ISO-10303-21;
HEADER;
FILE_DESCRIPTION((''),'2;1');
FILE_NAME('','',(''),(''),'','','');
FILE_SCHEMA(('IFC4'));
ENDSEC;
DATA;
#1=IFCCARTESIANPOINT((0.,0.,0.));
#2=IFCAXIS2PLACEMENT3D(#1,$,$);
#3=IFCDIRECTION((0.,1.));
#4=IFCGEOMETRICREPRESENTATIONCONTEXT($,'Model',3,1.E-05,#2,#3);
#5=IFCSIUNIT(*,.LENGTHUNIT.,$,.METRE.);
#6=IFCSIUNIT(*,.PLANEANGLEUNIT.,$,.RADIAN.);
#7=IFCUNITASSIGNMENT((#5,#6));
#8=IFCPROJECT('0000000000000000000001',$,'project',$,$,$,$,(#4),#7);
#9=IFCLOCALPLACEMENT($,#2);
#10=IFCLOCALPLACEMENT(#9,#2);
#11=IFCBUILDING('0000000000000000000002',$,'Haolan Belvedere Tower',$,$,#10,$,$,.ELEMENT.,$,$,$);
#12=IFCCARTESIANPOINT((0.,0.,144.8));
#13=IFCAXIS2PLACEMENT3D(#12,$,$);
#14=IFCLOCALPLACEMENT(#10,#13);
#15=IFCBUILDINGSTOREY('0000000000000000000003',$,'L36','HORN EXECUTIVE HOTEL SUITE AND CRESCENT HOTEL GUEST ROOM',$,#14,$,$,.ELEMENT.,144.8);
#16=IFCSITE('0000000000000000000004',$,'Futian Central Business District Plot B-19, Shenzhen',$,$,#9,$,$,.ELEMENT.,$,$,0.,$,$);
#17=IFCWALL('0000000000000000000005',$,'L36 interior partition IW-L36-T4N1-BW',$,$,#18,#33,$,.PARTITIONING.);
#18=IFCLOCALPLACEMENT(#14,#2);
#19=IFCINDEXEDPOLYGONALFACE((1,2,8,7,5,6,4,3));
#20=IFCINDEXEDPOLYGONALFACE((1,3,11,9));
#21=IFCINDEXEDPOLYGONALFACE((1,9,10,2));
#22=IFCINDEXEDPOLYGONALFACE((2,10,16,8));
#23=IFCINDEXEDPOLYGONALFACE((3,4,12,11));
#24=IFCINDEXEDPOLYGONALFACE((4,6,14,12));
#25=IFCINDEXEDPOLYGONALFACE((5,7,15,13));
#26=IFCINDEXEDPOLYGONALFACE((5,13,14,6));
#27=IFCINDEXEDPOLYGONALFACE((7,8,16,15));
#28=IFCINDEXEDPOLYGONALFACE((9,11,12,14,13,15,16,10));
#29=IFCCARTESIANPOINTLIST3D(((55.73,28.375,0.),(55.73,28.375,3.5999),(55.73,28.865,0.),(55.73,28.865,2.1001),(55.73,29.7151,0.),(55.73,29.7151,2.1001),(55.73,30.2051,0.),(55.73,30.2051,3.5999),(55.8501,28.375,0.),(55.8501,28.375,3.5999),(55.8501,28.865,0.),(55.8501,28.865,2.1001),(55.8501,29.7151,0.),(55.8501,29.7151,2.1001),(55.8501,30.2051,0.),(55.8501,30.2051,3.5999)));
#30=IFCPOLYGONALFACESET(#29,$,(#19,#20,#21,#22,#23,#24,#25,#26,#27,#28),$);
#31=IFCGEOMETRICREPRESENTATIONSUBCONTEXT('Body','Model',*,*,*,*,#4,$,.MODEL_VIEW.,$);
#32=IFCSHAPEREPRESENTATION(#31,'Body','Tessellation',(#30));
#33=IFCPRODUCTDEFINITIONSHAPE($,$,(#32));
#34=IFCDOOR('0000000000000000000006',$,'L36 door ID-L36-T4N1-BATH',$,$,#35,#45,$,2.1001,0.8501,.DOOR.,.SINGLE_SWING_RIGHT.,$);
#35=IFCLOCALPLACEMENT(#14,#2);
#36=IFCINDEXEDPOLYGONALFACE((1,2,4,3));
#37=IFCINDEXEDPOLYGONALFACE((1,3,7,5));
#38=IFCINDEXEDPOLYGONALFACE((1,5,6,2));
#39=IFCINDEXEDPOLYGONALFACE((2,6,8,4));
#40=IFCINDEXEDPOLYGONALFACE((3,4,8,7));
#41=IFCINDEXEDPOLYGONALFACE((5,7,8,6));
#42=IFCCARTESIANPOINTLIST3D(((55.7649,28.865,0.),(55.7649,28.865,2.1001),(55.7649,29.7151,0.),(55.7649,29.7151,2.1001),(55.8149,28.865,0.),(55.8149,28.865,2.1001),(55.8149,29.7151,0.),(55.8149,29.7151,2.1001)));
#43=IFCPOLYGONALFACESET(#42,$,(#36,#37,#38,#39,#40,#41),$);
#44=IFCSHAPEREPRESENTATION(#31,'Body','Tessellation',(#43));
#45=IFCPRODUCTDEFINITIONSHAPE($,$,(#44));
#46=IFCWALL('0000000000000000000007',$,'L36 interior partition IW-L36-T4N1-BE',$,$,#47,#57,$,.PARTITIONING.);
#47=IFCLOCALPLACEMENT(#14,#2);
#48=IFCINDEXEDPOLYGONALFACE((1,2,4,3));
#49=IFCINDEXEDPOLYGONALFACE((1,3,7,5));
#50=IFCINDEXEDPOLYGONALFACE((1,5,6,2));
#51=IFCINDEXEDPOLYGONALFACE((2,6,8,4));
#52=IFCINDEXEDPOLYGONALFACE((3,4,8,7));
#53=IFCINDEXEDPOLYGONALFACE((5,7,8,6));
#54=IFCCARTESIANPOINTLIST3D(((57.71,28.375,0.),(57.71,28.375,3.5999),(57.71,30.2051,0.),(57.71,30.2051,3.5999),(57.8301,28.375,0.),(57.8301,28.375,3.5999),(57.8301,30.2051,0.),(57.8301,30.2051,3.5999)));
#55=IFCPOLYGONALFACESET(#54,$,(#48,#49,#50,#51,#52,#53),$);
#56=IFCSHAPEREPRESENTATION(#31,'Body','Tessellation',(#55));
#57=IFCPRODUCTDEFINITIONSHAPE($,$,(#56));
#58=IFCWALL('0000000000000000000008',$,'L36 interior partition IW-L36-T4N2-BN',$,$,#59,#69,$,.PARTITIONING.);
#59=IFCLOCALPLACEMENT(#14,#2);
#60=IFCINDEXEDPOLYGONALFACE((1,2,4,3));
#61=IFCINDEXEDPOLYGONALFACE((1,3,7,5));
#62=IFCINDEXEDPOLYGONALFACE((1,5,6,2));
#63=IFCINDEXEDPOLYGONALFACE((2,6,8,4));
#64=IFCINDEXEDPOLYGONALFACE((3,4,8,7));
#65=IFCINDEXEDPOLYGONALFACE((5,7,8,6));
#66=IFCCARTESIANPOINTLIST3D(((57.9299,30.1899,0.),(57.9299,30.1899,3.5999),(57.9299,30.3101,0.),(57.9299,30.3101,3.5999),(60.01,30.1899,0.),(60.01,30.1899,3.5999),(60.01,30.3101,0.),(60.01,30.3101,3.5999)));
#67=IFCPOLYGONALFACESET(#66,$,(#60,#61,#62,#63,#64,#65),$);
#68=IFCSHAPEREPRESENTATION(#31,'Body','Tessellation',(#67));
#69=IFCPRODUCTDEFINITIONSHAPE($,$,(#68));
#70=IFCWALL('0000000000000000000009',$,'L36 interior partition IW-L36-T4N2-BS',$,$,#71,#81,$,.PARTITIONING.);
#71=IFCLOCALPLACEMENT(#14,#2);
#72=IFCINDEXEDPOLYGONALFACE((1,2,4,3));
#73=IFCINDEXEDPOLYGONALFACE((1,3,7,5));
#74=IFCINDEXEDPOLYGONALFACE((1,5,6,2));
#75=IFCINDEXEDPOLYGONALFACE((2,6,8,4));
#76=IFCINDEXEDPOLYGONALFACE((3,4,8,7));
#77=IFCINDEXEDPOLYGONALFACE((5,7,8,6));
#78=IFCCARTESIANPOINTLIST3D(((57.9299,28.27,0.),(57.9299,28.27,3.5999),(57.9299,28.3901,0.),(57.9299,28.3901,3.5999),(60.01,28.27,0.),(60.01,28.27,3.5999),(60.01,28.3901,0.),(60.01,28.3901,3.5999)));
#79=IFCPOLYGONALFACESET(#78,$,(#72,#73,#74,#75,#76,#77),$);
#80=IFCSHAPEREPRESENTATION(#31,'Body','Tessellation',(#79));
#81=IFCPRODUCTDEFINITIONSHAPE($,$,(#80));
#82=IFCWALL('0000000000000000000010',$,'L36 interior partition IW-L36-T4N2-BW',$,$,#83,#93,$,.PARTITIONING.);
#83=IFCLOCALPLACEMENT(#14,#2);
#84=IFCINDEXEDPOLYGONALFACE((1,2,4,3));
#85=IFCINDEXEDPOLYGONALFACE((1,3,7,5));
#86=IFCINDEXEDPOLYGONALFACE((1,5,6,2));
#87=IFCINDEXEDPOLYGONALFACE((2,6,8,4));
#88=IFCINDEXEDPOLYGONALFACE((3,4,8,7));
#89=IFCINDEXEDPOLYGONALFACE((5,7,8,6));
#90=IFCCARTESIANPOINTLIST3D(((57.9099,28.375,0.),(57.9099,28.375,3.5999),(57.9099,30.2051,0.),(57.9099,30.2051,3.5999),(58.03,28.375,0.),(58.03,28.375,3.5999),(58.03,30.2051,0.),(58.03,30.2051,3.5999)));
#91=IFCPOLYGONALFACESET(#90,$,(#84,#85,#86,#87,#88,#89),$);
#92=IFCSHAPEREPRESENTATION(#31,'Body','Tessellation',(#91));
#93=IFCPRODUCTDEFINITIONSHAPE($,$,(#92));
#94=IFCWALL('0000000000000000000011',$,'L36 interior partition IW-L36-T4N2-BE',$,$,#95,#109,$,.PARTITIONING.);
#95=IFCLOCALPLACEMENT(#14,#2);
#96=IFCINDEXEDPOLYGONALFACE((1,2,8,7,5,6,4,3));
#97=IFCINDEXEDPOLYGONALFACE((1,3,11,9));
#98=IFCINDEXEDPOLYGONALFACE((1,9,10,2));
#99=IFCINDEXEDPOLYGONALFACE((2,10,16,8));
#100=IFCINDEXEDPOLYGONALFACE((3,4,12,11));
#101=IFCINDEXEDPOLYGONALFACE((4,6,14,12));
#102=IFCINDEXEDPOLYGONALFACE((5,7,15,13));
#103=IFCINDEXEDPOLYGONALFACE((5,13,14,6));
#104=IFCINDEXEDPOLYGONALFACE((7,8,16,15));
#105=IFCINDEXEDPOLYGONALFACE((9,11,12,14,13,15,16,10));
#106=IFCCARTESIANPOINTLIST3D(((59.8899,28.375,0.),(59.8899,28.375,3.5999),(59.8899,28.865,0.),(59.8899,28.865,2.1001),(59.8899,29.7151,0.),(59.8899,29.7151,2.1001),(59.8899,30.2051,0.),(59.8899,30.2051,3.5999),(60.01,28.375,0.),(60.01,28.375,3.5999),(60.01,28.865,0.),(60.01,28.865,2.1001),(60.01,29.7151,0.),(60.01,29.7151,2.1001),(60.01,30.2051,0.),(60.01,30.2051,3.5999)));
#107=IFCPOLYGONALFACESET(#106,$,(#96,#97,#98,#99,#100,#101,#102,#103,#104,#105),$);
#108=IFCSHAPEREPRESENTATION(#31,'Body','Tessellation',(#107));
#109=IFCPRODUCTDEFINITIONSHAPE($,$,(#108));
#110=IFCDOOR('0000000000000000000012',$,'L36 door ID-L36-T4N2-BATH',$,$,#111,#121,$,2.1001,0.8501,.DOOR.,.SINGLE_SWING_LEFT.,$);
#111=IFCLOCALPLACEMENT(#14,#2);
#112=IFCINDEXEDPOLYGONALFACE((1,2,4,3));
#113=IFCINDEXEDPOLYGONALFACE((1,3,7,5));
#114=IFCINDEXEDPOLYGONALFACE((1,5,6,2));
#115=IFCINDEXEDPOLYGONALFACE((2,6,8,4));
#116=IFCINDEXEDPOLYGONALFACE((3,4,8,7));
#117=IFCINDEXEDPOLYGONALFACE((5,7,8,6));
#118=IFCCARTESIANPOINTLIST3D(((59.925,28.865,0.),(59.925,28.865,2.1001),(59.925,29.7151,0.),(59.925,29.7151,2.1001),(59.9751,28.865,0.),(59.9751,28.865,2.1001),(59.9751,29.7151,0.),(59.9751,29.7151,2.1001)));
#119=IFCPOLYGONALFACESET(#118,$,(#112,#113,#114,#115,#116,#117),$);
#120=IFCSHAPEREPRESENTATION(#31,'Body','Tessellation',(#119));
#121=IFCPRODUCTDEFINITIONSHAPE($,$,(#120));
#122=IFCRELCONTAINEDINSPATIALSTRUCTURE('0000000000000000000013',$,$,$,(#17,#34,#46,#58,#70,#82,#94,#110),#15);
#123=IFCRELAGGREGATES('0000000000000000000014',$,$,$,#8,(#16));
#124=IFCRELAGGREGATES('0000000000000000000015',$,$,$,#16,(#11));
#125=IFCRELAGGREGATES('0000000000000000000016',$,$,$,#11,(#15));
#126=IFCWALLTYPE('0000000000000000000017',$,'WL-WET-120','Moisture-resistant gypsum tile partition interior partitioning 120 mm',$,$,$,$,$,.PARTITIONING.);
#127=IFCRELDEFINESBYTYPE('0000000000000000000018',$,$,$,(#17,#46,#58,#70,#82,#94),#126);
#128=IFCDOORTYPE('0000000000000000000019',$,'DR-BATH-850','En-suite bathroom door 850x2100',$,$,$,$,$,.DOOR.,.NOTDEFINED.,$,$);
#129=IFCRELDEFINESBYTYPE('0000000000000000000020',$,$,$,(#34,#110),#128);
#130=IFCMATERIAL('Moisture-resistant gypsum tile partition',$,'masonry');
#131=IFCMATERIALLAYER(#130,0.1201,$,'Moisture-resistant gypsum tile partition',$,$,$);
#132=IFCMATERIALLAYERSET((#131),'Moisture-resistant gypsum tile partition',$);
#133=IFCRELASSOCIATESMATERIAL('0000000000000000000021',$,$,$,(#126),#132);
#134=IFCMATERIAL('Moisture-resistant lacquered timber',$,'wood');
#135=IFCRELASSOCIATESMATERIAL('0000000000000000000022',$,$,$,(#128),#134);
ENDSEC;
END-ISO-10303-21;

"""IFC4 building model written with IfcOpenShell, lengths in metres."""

from ifc_helpers import new_model, si_unit, direction, frame, frame_2d, origin, place, context, subcontext, project, spatial, rectangle, extrude, material, layer, layer_set, type_object, element, fill, save


model = new_model("IFC4")

# Units and contexts
model_context = context("Model", 3, precision=1e-05, world=origin(), true_north=direction((0.0, 1.0)))
body_context = subcontext(model_context, "Body", "Model", "MODEL_VIEW")
ifc_project = project(units=[si_unit("LENGTHUNIT", "METRE"), si_unit("PLANEANGLEUNIT", "RADIAN")], contexts=[model_context])

# Site, building, storey
site_placement = place(None, origin())
site = spatial("IfcSite", under=ifc_project, at=site_placement, Name="Futian Central Business District Plot B-19, Shenzhen", CompositionType="ELEMENT", RefElevation=0.0)
building_placement = place(site_placement, origin())
building = spatial("IfcBuilding", under=site, at=building_placement, Name="Haolan Belvedere Tower", CompositionType="ELEMENT")
storey_placement = place(building_placement, frame((0.0, 0.0, 144.8)))
storey = spatial("IfcBuildingStorey", under=building, at=storey_placement, Name="L36", Description="HORN EXECUTIVE HOTEL SUITE AND CRESCENT HOTEL GUEST ROOM", CompositionType="ELEMENT", Elevation=144.8)

# Shared definitions
ifc_material_1 = material(Name="Moisture-resistant gypsum tile partition", Category="masonry")
ifc_layer_1 = layer(ifc_material_1, 0.1201, Name="Moisture-resistant gypsum tile partition")
ifc_layer_set_1 = layer_set([ifc_layer_1], Name="Moisture-resistant gypsum tile partition")
wall_type_1 = type_object("IfcWallType", Name="WL-WET-120", Description="Moisture-resistant gypsum tile partition interior partitioning 120 mm", PredefinedType="PARTITIONING", material=ifc_layer_set_1)

# Wall, opening, door
wall_1_placement = place(storey_placement, frame((55.79, 28.375, 0.0), z_axis=(0.0, 0.0, 1.0), x_axis=(0.0, 1.0, 0.0)))
wall_1 = element("IfcWall", 1, at=wall_1_placement, inside=storey, type_object=wall_type_1, Name="L36 interior partition IW-L36-T4N1-BW", PredefinedType="PARTITIONING", context=body_context, shape_type="SweptSolid", body=[
    extrude(rectangle(XDim=1.8301, YDim=0.1201, at=frame_2d((0.915, 0.0))), origin(), (0.0, 0.0, 1.0), 3.5999),
])
opening_1_placement = place(wall_1_placement, frame((1.3401, 0.0, 0.0), z_axis=(0.0, 0.0, 1.0), x_axis=(-1.0, 0.0, 0.0)))
opening_1 = element("IfcOpeningElement", 2, at=opening_1_placement, cuts=wall_1, PredefinedType="OPENING", context=body_context, shape_type="SweptSolid", body=[
    extrude(rectangle(XDim=0.8501, YDim=2.1001, at=frame_2d((0.425, 1.05))), frame((0.0, 0.0701, 0.0), z_axis=(0.0, -1.0, 0.0), x_axis=(1.0, 0.0, 0.0)), (0.0, 0.0, 1.0), 0.1401),
])
ifc_material_2 = material(Name="Moisture-resistant lacquered timber", Category="wood")
door_type_1 = type_object("IfcDoorType", Name="DR-BATH-850", Description="En-suite bathroom door 850x2100", OperationType="NOTDEFINED", PredefinedType="DOOR", material=ifc_material_2)
door_1_placement = place(opening_1_placement, origin())
door_1 = element("IfcDoor", 3, at=door_1_placement, inside=storey, type_object=door_type_1, Name="L36 door ID-L36-T4N1-BATH", OperationType="SINGLE_SWING_RIGHT", OverallHeight=2.1001, OverallWidth=0.8501, PredefinedType="DOOR", context=body_context, shape_type="SweptSolid", body=[
    extrude(rectangle(XDim=0.8501, YDim=2.1001, at=frame_2d((0.425, 1.05))), frame((0.0, 0.0249, 0.0), z_axis=(0.0, -1.0, 0.0), x_axis=(1.0, 0.0, 0.0)), (0.0, 0.0, 1.0), 0.05),
])
fill(opening_1, door_1)

# Walls
wall_2_placement = place(storey_placement, frame((57.77, 28.375, 0.0), z_axis=(0.0, 0.0, 1.0), x_axis=(0.0, 1.0, 0.0)))
element("IfcWall", 4, at=wall_2_placement, inside=storey, type_object=wall_type_1, Name="L36 interior partition IW-L36-T4N1-BE", PredefinedType="PARTITIONING", context=body_context, shape_type="SweptSolid", body=[
    extrude(rectangle(XDim=1.8301, YDim=0.1201, at=frame_2d((0.915, 0.0))), origin(), (0.0, 0.0, 1.0), 3.5999),
])
for number, where, z_axis, x_axis, name in (
    (5, (57.9299, 30.25, 0.0), (0.0, 0.0, 1.0), (1.0, 0.0, 0.0), "L36 interior partition IW-L36-T4N2-BN"),
    (6, (57.9299, 28.3301, 0.0), (0.0, 0.0, 1.0), (1.0, 0.0, 0.0), "L36 interior partition IW-L36-T4N2-BS"),
):
    element("IfcWall", number, at=place(storey_placement, frame(where, z_axis=z_axis, x_axis=x_axis)), inside=storey, type_object=wall_type_1, Name=name, PredefinedType="PARTITIONING", context=body_context, shape_type="SweptSolid", body=[
        extrude(rectangle(XDim=2.0801, YDim=0.1201, at=frame_2d((1.04, 0.0))), origin(), (0.0, 0.0, 1.0), 3.5999),
    ])
wall_3_placement = place(storey_placement, frame((57.97, 28.375, 0.0), z_axis=(0.0, 0.0, 1.0), x_axis=(0.0, 1.0, 0.0)))
element("IfcWall", 7, at=wall_3_placement, inside=storey, type_object=wall_type_1, Name="L36 interior partition IW-L36-T4N2-BW", PredefinedType="PARTITIONING", context=body_context, shape_type="SweptSolid", body=[
    extrude(rectangle(XDim=1.8301, YDim=0.1201, at=frame_2d((0.915, 0.0))), origin(), (0.0, 0.0, 1.0), 3.5999),
])

# Wall, opening, door
wall_4_placement = place(storey_placement, frame((59.95, 28.375, 0.0), z_axis=(0.0, 0.0, 1.0), x_axis=(0.0, 1.0, 0.0)))
wall_4 = element("IfcWall", 8, at=wall_4_placement, inside=storey, type_object=wall_type_1, Name="L36 interior partition IW-L36-T4N2-BE", PredefinedType="PARTITIONING", context=body_context, shape_type="SweptSolid", body=[
    extrude(rectangle(XDim=1.8301, YDim=0.1201, at=frame_2d((0.915, 0.0))), origin(), (0.0, 0.0, 1.0), 3.5999),
])
opening_2_placement = place(wall_4_placement, frame((0.49, 0.0, 0.0)))
opening_2 = element("IfcOpeningElement", 9, at=opening_2_placement, cuts=wall_4, PredefinedType="OPENING", context=body_context, shape_type="SweptSolid", body=[
    extrude(rectangle(XDim=0.8501, YDim=2.1001, at=frame_2d((0.425, 1.05))), frame((0.0, 0.0701, 0.0), z_axis=(0.0, -1.0, 0.0), x_axis=(1.0, 0.0, 0.0)), (0.0, 0.0, 1.0), 0.1401),
])
door_2_placement = place(opening_2_placement, origin())
door_2 = element("IfcDoor", 10, at=door_2_placement, inside=storey, type_object=door_type_1, Name="L36 door ID-L36-T4N2-BATH", OperationType="SINGLE_SWING_LEFT", OverallHeight=2.1001, OverallWidth=0.8501, PredefinedType="DOOR", context=body_context, shape_type="SweptSolid", body=[
    extrude(rectangle(XDim=0.8501, YDim=2.1001, at=frame_2d((0.425, 1.05))), frame((0.0, 0.0249, 0.0), z_axis=(0.0, -1.0, 0.0), x_axis=(1.0, 0.0, 0.0)), (0.0, 0.0, 1.0), 0.05),
])
fill(opening_2, door_2)

save(model, "model.ifc")
